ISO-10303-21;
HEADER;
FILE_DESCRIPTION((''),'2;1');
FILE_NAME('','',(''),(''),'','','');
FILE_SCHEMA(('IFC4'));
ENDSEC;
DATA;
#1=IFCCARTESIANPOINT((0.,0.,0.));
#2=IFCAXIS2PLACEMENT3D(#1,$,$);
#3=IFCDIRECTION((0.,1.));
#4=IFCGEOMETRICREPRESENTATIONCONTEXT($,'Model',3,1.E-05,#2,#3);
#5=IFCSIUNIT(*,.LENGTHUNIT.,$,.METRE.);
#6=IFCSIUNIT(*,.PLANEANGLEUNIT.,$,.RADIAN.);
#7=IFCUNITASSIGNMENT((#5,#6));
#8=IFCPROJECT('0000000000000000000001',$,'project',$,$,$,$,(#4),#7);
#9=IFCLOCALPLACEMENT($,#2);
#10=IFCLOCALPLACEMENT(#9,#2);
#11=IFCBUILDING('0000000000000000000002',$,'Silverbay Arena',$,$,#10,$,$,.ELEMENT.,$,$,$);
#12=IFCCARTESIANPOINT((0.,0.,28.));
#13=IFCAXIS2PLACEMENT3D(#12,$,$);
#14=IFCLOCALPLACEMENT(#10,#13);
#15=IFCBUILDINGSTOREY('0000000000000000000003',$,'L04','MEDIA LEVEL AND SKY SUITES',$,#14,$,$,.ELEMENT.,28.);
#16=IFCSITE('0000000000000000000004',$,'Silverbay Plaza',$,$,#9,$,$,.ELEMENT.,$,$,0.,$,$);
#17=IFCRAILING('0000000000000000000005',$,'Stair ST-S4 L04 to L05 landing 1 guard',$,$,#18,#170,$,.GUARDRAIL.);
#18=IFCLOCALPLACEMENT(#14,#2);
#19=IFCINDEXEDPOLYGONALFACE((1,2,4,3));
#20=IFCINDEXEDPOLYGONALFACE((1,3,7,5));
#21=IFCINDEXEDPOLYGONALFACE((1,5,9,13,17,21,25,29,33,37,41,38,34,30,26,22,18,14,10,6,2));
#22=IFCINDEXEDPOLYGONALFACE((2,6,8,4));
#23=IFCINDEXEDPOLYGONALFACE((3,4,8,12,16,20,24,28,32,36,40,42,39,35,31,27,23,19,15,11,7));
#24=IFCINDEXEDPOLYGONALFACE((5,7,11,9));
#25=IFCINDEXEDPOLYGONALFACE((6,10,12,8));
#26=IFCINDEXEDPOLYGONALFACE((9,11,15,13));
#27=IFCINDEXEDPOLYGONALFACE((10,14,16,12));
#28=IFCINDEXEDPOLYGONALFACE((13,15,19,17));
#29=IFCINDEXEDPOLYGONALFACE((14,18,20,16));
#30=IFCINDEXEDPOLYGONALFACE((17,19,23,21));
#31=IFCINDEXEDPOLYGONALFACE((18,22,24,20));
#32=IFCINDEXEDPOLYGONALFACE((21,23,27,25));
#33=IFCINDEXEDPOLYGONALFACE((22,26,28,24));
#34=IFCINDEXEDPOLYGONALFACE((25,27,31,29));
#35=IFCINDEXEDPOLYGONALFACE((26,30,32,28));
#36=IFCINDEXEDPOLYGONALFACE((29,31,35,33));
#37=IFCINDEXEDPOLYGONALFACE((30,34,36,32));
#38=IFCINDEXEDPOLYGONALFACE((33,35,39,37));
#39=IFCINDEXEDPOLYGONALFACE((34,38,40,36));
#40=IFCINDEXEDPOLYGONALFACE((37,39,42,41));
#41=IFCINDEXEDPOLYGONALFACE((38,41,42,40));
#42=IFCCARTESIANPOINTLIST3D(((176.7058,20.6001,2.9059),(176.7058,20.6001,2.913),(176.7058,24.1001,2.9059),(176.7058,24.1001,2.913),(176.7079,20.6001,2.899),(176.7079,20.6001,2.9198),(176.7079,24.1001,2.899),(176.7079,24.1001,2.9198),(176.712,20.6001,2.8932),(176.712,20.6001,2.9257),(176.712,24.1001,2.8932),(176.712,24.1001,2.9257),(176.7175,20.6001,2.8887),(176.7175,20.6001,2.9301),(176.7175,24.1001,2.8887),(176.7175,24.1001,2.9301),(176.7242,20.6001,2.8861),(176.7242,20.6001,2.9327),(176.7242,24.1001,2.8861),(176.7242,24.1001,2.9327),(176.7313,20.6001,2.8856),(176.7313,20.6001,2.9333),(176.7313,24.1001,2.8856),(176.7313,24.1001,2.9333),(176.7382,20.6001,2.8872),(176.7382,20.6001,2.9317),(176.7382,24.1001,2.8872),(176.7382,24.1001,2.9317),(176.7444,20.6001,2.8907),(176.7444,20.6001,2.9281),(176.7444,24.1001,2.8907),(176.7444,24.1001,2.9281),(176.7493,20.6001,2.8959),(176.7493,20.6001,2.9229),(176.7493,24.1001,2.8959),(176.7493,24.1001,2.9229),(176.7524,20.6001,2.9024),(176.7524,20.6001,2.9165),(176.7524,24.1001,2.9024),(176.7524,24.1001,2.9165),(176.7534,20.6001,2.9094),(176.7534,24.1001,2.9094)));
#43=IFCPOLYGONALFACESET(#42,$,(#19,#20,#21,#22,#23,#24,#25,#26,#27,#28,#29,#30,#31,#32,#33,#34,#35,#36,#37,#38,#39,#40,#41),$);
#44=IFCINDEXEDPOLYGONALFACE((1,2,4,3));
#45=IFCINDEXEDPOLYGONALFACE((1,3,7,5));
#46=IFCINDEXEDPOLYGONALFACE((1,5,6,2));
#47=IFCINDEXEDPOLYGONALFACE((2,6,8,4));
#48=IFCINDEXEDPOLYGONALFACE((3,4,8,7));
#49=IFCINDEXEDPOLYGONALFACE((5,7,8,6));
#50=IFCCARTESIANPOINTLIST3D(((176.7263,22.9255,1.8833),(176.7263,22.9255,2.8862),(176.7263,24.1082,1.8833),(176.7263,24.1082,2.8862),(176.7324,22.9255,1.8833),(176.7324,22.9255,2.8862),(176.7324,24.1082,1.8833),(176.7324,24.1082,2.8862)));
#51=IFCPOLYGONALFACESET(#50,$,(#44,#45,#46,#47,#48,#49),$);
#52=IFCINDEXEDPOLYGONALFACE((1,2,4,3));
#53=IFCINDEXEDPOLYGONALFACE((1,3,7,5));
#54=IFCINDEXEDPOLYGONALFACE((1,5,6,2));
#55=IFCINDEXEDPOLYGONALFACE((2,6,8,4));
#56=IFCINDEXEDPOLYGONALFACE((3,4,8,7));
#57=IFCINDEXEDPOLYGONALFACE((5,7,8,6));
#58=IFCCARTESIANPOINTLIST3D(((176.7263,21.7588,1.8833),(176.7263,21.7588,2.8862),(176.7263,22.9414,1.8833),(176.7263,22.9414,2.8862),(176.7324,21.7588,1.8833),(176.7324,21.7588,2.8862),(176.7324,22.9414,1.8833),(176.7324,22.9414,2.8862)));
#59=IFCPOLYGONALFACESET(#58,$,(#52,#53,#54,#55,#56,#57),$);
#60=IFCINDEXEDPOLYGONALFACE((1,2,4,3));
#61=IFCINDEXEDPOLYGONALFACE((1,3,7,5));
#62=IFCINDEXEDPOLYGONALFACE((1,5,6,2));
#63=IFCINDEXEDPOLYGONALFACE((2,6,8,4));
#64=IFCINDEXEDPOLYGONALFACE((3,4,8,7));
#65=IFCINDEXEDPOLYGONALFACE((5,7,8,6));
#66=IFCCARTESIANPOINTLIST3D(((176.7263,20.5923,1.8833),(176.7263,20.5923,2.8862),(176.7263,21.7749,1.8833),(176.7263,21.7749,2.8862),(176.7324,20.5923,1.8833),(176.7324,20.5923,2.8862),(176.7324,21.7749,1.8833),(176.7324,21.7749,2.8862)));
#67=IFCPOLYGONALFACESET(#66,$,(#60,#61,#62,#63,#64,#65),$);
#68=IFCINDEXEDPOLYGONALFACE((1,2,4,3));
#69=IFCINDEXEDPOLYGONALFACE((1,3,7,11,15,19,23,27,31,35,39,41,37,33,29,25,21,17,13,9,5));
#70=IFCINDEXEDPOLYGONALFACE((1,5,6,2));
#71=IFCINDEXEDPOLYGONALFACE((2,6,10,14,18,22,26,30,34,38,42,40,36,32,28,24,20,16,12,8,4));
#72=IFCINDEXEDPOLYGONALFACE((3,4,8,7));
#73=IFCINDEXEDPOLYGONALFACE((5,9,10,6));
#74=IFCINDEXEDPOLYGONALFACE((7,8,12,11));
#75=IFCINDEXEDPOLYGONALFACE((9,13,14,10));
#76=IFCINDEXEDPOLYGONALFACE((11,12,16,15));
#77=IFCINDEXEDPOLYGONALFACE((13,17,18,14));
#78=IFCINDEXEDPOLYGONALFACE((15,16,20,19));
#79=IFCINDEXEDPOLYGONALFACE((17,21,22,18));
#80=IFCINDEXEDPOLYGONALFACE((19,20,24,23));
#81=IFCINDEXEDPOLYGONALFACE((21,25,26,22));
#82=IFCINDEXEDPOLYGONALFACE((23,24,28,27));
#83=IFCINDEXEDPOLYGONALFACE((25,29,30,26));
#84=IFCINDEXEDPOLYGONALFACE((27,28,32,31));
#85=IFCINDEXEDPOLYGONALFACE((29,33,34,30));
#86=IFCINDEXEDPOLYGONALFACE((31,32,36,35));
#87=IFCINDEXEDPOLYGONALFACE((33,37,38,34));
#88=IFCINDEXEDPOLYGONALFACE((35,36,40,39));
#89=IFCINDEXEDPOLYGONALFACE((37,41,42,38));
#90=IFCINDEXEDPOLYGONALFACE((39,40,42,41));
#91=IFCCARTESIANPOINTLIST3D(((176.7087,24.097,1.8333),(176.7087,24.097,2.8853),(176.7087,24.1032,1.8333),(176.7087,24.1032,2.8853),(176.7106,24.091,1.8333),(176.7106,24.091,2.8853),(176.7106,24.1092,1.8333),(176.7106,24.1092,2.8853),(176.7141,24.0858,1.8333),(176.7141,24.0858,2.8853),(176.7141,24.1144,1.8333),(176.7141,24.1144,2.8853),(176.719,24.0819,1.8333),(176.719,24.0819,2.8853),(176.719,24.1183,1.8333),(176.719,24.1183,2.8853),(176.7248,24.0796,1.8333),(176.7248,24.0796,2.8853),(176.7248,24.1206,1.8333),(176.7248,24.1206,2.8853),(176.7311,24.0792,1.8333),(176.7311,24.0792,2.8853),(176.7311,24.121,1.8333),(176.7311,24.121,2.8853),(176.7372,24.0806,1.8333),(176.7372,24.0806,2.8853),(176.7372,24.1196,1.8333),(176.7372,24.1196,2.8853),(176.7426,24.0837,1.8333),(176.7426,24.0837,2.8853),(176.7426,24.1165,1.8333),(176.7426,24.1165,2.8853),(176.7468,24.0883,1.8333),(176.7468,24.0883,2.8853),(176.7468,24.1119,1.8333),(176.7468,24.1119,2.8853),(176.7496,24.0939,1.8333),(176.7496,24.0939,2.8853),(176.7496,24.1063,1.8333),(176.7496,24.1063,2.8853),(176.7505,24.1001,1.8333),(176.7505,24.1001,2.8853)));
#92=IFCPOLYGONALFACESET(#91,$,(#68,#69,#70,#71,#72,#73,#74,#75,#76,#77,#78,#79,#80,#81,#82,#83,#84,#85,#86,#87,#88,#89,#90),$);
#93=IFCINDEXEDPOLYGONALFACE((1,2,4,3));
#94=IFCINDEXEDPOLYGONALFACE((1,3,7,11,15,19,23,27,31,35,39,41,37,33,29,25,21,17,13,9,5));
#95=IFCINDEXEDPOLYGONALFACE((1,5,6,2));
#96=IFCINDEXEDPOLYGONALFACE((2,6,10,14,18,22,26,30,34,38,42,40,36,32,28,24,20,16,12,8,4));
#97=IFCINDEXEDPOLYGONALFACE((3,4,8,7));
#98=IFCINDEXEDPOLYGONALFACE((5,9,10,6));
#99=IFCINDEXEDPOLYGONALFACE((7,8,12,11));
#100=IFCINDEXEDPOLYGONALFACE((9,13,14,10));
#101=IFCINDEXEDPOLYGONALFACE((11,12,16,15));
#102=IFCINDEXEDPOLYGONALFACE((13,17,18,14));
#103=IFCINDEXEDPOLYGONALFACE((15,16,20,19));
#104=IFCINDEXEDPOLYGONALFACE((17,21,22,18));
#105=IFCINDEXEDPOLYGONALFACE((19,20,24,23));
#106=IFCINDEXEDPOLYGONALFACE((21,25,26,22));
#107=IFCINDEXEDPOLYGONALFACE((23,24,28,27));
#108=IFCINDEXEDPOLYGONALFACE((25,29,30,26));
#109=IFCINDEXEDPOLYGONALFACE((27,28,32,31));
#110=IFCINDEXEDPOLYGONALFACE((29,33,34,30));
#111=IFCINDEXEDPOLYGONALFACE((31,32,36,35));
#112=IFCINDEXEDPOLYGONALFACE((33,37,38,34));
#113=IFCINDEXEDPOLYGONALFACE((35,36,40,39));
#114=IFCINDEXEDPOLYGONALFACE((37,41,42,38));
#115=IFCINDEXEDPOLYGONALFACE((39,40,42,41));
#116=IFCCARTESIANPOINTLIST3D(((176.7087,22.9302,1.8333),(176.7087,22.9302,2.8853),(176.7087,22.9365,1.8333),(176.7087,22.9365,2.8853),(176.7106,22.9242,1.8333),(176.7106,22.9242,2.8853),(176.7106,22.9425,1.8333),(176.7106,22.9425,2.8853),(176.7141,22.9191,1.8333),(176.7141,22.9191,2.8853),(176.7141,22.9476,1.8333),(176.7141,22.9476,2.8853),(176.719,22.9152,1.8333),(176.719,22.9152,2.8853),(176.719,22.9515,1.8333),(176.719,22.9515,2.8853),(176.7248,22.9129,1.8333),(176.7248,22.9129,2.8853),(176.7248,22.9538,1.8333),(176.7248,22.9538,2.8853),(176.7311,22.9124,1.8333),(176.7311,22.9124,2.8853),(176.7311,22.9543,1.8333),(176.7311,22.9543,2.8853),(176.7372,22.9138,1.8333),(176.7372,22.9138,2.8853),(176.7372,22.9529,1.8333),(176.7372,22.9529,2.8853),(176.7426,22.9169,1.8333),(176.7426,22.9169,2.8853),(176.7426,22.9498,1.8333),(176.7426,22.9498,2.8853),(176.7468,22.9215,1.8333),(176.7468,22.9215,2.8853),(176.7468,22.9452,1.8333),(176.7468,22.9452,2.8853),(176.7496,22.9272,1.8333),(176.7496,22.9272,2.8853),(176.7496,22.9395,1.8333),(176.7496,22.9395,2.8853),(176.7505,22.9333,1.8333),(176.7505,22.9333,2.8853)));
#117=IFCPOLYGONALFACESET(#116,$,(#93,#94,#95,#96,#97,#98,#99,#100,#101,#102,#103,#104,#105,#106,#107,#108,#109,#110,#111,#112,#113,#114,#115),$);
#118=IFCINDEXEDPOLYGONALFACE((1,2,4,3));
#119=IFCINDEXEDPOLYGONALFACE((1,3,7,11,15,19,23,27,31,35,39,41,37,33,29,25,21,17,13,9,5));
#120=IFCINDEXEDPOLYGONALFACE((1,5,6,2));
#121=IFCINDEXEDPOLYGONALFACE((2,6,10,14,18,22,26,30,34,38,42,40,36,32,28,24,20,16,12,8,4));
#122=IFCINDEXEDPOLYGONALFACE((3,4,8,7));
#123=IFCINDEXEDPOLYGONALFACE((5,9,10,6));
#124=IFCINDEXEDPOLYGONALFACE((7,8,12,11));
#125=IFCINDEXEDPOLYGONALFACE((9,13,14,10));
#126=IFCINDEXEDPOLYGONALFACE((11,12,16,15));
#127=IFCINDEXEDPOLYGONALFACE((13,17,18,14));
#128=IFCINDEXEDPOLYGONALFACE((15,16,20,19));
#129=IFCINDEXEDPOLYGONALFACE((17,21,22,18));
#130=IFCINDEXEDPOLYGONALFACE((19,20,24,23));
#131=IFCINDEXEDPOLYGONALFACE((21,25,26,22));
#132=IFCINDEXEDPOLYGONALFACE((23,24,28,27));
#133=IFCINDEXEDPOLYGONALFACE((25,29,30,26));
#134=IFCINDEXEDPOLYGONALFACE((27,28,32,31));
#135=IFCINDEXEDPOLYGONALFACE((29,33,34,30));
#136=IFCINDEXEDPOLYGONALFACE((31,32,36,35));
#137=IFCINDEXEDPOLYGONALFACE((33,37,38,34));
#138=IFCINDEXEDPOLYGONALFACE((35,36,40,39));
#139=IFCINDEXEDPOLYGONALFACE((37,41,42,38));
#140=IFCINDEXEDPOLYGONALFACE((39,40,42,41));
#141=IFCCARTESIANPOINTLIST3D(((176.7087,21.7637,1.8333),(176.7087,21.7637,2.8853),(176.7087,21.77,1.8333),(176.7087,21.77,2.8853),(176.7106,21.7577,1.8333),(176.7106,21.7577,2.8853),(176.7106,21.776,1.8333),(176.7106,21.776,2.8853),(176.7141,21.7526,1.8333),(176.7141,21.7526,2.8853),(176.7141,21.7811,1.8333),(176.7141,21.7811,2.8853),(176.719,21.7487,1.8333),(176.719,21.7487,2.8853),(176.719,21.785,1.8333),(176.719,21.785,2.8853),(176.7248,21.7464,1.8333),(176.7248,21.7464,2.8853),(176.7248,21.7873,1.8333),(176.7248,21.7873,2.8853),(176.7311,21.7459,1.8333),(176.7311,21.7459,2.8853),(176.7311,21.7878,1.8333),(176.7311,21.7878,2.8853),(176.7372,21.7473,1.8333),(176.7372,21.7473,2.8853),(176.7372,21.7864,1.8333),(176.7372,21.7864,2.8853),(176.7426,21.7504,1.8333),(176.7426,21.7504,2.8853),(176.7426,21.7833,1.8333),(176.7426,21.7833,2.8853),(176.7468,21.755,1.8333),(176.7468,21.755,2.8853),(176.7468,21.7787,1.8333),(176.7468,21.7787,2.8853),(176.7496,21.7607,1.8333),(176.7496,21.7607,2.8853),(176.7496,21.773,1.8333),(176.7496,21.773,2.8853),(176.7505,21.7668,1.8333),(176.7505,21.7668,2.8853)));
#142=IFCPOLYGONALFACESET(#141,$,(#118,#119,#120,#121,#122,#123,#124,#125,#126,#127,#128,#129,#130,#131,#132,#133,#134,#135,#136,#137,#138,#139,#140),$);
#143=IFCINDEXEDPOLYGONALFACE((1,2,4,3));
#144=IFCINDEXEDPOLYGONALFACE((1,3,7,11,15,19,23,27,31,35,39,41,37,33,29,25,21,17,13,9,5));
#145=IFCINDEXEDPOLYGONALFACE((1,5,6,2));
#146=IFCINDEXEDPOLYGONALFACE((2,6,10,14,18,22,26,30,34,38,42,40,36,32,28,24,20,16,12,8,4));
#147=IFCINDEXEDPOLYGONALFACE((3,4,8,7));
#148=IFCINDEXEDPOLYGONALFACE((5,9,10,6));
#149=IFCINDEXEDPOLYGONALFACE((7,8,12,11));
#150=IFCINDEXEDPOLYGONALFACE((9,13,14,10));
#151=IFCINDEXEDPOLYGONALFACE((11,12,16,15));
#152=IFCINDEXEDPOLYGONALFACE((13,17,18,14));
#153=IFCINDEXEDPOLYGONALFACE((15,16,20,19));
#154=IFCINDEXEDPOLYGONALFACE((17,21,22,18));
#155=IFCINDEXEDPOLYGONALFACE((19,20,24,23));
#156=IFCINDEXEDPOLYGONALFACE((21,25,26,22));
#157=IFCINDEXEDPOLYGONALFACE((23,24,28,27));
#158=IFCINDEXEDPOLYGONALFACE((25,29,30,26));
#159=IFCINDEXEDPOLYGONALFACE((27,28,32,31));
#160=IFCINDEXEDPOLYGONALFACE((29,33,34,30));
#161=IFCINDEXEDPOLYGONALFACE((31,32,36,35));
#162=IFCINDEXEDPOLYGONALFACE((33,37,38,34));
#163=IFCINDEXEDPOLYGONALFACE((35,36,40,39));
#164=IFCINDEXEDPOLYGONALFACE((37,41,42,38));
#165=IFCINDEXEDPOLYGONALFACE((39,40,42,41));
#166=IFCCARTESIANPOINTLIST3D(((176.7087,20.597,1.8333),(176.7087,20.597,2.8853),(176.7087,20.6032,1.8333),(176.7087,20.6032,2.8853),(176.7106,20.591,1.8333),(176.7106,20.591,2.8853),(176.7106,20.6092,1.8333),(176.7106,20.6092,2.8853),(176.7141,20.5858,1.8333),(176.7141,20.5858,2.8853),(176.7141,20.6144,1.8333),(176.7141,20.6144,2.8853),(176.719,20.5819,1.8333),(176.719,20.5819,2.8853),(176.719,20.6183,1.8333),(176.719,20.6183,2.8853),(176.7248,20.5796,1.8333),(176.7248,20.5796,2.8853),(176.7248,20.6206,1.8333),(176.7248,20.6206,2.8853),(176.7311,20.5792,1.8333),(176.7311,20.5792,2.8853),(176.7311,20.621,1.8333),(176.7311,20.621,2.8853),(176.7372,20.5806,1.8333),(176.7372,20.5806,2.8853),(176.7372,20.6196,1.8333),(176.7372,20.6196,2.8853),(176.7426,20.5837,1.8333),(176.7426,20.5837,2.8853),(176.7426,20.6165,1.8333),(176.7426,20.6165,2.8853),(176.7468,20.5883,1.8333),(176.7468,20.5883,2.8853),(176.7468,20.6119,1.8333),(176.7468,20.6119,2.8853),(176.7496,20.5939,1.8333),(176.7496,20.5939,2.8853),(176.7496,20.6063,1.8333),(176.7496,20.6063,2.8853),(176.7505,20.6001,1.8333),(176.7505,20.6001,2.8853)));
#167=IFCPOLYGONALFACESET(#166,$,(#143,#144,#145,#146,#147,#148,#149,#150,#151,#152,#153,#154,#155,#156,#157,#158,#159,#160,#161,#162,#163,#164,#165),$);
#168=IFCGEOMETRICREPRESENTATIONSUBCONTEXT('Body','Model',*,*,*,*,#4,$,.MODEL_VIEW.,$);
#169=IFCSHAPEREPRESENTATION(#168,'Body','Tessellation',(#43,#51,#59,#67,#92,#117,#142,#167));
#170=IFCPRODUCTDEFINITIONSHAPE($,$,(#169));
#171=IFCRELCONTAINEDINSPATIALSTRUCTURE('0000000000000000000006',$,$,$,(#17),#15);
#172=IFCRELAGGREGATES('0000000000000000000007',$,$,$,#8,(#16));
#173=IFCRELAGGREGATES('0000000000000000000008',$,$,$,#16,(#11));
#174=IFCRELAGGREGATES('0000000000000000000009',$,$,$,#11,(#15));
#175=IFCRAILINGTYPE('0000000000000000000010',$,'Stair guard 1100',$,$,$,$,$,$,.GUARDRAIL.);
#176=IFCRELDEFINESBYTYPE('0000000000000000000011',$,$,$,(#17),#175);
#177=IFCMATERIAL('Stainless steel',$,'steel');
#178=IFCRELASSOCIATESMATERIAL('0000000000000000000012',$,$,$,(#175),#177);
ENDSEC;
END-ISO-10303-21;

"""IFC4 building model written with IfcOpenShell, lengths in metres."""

from ifc_helpers import new_model, si_unit, direction, frame, origin, origin_2d, place, context, subcontext, project, spatial, polyline, circle, outline, extrude, material, type_object, element, save


model = new_model("IFC4")

# Units and contexts
model_context = context("Model", 3, precision=1e-05, world=origin(), true_north=direction((0.0, 1.0)))
body_context = subcontext(model_context, "Body", "Model", "MODEL_VIEW")
ifc_project = project(units=[si_unit("LENGTHUNIT", "METRE"), si_unit("PLANEANGLEUNIT", "RADIAN")], contexts=[model_context])

# Site, building, storey
site_placement = place(None, origin())
site = spatial("IfcSite", under=ifc_project, at=site_placement, Name="Silverbay Plaza", CompositionType="ELEMENT", RefElevation=0.0)
building_placement = place(site_placement, origin())
building = spatial("IfcBuilding", under=site, at=building_placement, Name="Silverbay Arena", CompositionType="ELEMENT")
storey_placement = place(building_placement, frame((0.0, 0.0, 28.0)))
storey = spatial("IfcBuildingStorey", under=building, at=storey_placement, Name="L04", Description="MEDIA LEVEL AND SKY SUITES", CompositionType="ELEMENT", Elevation=28.0)

# Railing
ifc_material_1 = material(Name="Stainless steel", Category="steel")
railing_type_1 = type_object("IfcRailingType", Name="Stair guard 1100", PredefinedType="GUARDRAIL", material=ifc_material_1)
for number, where, name in (
    (1, (176.7295, 24.1001, 1.8333), "Stair ST-S4 L04 to L05 landing 1 guard"),
):
    element("IfcRailing", number, at=place(storey_placement, frame(where)), inside=storey, type_object=railing_type_1, Name=name, PredefinedType="GUARDRAIL", context=body_context, shape_type="SweptSolid", body=[
        extrude(circle(Radius=0.0239, at=origin_2d()), frame((0.0, 0.0, 1.0762), z_axis=(0.0, -1.0, 0.0), x_axis=(1.0, 0.0, 0.0)), (0.0, 0.0, 1.0), 3.5),
        extrude(outline(polyline([(-0.0081, 0.05), (1.1746, 0.05), (1.1746, 1.053), (-0.0081, 1.053), (-0.0081, 0.05)])), frame((0.0029, 0.0, 0.0), z_axis=(-1.0, 0.0, 0.0), x_axis=(0.0, -1.0, 0.0)), (0.0, 0.0, 1.0), 0.0061),
        extrude(outline(polyline([(-0.0081, 0.05), (1.1746, 0.05), (1.1746, 1.053), (-0.0081, 1.053), (-0.0081, 0.05)])), frame((0.0029, -1.1667, 0.0), z_axis=(-1.0, 0.0, 0.0), x_axis=(0.0, -1.0, 0.0)), (0.0, 0.0, 1.0), 0.0061),
        extrude(outline(polyline([(-0.0081, 0.05), (1.1746, 0.05), (1.1746, 1.053), (-0.0081, 1.053), (-0.0081, 0.05)])), frame((0.0029, -2.3333, 0.0), z_axis=(-1.0, 0.0, 0.0), x_axis=(0.0, -1.0, 0.0)), (0.0, 0.0, 1.0), 0.0061),
        extrude(circle(Radius=0.021, at=origin_2d()), origin(), (0.0, 0.0, 1.0), 1.052),
        extrude(circle(Radius=0.021, at=origin_2d()), frame((0.0, -1.1667, 0.0)), (0.0, 0.0, 1.0), 1.052),
        extrude(circle(Radius=0.021, at=origin_2d()), frame((0.0, -2.3333, 0.0)), (0.0, 0.0, 1.0), 1.052),
        extrude(circle(Radius=0.021, at=origin_2d()), frame((0.0, -3.5, 0.0)), (0.0, 0.0, 1.0), 1.052),
    ])

save(model, "model.ifc")
